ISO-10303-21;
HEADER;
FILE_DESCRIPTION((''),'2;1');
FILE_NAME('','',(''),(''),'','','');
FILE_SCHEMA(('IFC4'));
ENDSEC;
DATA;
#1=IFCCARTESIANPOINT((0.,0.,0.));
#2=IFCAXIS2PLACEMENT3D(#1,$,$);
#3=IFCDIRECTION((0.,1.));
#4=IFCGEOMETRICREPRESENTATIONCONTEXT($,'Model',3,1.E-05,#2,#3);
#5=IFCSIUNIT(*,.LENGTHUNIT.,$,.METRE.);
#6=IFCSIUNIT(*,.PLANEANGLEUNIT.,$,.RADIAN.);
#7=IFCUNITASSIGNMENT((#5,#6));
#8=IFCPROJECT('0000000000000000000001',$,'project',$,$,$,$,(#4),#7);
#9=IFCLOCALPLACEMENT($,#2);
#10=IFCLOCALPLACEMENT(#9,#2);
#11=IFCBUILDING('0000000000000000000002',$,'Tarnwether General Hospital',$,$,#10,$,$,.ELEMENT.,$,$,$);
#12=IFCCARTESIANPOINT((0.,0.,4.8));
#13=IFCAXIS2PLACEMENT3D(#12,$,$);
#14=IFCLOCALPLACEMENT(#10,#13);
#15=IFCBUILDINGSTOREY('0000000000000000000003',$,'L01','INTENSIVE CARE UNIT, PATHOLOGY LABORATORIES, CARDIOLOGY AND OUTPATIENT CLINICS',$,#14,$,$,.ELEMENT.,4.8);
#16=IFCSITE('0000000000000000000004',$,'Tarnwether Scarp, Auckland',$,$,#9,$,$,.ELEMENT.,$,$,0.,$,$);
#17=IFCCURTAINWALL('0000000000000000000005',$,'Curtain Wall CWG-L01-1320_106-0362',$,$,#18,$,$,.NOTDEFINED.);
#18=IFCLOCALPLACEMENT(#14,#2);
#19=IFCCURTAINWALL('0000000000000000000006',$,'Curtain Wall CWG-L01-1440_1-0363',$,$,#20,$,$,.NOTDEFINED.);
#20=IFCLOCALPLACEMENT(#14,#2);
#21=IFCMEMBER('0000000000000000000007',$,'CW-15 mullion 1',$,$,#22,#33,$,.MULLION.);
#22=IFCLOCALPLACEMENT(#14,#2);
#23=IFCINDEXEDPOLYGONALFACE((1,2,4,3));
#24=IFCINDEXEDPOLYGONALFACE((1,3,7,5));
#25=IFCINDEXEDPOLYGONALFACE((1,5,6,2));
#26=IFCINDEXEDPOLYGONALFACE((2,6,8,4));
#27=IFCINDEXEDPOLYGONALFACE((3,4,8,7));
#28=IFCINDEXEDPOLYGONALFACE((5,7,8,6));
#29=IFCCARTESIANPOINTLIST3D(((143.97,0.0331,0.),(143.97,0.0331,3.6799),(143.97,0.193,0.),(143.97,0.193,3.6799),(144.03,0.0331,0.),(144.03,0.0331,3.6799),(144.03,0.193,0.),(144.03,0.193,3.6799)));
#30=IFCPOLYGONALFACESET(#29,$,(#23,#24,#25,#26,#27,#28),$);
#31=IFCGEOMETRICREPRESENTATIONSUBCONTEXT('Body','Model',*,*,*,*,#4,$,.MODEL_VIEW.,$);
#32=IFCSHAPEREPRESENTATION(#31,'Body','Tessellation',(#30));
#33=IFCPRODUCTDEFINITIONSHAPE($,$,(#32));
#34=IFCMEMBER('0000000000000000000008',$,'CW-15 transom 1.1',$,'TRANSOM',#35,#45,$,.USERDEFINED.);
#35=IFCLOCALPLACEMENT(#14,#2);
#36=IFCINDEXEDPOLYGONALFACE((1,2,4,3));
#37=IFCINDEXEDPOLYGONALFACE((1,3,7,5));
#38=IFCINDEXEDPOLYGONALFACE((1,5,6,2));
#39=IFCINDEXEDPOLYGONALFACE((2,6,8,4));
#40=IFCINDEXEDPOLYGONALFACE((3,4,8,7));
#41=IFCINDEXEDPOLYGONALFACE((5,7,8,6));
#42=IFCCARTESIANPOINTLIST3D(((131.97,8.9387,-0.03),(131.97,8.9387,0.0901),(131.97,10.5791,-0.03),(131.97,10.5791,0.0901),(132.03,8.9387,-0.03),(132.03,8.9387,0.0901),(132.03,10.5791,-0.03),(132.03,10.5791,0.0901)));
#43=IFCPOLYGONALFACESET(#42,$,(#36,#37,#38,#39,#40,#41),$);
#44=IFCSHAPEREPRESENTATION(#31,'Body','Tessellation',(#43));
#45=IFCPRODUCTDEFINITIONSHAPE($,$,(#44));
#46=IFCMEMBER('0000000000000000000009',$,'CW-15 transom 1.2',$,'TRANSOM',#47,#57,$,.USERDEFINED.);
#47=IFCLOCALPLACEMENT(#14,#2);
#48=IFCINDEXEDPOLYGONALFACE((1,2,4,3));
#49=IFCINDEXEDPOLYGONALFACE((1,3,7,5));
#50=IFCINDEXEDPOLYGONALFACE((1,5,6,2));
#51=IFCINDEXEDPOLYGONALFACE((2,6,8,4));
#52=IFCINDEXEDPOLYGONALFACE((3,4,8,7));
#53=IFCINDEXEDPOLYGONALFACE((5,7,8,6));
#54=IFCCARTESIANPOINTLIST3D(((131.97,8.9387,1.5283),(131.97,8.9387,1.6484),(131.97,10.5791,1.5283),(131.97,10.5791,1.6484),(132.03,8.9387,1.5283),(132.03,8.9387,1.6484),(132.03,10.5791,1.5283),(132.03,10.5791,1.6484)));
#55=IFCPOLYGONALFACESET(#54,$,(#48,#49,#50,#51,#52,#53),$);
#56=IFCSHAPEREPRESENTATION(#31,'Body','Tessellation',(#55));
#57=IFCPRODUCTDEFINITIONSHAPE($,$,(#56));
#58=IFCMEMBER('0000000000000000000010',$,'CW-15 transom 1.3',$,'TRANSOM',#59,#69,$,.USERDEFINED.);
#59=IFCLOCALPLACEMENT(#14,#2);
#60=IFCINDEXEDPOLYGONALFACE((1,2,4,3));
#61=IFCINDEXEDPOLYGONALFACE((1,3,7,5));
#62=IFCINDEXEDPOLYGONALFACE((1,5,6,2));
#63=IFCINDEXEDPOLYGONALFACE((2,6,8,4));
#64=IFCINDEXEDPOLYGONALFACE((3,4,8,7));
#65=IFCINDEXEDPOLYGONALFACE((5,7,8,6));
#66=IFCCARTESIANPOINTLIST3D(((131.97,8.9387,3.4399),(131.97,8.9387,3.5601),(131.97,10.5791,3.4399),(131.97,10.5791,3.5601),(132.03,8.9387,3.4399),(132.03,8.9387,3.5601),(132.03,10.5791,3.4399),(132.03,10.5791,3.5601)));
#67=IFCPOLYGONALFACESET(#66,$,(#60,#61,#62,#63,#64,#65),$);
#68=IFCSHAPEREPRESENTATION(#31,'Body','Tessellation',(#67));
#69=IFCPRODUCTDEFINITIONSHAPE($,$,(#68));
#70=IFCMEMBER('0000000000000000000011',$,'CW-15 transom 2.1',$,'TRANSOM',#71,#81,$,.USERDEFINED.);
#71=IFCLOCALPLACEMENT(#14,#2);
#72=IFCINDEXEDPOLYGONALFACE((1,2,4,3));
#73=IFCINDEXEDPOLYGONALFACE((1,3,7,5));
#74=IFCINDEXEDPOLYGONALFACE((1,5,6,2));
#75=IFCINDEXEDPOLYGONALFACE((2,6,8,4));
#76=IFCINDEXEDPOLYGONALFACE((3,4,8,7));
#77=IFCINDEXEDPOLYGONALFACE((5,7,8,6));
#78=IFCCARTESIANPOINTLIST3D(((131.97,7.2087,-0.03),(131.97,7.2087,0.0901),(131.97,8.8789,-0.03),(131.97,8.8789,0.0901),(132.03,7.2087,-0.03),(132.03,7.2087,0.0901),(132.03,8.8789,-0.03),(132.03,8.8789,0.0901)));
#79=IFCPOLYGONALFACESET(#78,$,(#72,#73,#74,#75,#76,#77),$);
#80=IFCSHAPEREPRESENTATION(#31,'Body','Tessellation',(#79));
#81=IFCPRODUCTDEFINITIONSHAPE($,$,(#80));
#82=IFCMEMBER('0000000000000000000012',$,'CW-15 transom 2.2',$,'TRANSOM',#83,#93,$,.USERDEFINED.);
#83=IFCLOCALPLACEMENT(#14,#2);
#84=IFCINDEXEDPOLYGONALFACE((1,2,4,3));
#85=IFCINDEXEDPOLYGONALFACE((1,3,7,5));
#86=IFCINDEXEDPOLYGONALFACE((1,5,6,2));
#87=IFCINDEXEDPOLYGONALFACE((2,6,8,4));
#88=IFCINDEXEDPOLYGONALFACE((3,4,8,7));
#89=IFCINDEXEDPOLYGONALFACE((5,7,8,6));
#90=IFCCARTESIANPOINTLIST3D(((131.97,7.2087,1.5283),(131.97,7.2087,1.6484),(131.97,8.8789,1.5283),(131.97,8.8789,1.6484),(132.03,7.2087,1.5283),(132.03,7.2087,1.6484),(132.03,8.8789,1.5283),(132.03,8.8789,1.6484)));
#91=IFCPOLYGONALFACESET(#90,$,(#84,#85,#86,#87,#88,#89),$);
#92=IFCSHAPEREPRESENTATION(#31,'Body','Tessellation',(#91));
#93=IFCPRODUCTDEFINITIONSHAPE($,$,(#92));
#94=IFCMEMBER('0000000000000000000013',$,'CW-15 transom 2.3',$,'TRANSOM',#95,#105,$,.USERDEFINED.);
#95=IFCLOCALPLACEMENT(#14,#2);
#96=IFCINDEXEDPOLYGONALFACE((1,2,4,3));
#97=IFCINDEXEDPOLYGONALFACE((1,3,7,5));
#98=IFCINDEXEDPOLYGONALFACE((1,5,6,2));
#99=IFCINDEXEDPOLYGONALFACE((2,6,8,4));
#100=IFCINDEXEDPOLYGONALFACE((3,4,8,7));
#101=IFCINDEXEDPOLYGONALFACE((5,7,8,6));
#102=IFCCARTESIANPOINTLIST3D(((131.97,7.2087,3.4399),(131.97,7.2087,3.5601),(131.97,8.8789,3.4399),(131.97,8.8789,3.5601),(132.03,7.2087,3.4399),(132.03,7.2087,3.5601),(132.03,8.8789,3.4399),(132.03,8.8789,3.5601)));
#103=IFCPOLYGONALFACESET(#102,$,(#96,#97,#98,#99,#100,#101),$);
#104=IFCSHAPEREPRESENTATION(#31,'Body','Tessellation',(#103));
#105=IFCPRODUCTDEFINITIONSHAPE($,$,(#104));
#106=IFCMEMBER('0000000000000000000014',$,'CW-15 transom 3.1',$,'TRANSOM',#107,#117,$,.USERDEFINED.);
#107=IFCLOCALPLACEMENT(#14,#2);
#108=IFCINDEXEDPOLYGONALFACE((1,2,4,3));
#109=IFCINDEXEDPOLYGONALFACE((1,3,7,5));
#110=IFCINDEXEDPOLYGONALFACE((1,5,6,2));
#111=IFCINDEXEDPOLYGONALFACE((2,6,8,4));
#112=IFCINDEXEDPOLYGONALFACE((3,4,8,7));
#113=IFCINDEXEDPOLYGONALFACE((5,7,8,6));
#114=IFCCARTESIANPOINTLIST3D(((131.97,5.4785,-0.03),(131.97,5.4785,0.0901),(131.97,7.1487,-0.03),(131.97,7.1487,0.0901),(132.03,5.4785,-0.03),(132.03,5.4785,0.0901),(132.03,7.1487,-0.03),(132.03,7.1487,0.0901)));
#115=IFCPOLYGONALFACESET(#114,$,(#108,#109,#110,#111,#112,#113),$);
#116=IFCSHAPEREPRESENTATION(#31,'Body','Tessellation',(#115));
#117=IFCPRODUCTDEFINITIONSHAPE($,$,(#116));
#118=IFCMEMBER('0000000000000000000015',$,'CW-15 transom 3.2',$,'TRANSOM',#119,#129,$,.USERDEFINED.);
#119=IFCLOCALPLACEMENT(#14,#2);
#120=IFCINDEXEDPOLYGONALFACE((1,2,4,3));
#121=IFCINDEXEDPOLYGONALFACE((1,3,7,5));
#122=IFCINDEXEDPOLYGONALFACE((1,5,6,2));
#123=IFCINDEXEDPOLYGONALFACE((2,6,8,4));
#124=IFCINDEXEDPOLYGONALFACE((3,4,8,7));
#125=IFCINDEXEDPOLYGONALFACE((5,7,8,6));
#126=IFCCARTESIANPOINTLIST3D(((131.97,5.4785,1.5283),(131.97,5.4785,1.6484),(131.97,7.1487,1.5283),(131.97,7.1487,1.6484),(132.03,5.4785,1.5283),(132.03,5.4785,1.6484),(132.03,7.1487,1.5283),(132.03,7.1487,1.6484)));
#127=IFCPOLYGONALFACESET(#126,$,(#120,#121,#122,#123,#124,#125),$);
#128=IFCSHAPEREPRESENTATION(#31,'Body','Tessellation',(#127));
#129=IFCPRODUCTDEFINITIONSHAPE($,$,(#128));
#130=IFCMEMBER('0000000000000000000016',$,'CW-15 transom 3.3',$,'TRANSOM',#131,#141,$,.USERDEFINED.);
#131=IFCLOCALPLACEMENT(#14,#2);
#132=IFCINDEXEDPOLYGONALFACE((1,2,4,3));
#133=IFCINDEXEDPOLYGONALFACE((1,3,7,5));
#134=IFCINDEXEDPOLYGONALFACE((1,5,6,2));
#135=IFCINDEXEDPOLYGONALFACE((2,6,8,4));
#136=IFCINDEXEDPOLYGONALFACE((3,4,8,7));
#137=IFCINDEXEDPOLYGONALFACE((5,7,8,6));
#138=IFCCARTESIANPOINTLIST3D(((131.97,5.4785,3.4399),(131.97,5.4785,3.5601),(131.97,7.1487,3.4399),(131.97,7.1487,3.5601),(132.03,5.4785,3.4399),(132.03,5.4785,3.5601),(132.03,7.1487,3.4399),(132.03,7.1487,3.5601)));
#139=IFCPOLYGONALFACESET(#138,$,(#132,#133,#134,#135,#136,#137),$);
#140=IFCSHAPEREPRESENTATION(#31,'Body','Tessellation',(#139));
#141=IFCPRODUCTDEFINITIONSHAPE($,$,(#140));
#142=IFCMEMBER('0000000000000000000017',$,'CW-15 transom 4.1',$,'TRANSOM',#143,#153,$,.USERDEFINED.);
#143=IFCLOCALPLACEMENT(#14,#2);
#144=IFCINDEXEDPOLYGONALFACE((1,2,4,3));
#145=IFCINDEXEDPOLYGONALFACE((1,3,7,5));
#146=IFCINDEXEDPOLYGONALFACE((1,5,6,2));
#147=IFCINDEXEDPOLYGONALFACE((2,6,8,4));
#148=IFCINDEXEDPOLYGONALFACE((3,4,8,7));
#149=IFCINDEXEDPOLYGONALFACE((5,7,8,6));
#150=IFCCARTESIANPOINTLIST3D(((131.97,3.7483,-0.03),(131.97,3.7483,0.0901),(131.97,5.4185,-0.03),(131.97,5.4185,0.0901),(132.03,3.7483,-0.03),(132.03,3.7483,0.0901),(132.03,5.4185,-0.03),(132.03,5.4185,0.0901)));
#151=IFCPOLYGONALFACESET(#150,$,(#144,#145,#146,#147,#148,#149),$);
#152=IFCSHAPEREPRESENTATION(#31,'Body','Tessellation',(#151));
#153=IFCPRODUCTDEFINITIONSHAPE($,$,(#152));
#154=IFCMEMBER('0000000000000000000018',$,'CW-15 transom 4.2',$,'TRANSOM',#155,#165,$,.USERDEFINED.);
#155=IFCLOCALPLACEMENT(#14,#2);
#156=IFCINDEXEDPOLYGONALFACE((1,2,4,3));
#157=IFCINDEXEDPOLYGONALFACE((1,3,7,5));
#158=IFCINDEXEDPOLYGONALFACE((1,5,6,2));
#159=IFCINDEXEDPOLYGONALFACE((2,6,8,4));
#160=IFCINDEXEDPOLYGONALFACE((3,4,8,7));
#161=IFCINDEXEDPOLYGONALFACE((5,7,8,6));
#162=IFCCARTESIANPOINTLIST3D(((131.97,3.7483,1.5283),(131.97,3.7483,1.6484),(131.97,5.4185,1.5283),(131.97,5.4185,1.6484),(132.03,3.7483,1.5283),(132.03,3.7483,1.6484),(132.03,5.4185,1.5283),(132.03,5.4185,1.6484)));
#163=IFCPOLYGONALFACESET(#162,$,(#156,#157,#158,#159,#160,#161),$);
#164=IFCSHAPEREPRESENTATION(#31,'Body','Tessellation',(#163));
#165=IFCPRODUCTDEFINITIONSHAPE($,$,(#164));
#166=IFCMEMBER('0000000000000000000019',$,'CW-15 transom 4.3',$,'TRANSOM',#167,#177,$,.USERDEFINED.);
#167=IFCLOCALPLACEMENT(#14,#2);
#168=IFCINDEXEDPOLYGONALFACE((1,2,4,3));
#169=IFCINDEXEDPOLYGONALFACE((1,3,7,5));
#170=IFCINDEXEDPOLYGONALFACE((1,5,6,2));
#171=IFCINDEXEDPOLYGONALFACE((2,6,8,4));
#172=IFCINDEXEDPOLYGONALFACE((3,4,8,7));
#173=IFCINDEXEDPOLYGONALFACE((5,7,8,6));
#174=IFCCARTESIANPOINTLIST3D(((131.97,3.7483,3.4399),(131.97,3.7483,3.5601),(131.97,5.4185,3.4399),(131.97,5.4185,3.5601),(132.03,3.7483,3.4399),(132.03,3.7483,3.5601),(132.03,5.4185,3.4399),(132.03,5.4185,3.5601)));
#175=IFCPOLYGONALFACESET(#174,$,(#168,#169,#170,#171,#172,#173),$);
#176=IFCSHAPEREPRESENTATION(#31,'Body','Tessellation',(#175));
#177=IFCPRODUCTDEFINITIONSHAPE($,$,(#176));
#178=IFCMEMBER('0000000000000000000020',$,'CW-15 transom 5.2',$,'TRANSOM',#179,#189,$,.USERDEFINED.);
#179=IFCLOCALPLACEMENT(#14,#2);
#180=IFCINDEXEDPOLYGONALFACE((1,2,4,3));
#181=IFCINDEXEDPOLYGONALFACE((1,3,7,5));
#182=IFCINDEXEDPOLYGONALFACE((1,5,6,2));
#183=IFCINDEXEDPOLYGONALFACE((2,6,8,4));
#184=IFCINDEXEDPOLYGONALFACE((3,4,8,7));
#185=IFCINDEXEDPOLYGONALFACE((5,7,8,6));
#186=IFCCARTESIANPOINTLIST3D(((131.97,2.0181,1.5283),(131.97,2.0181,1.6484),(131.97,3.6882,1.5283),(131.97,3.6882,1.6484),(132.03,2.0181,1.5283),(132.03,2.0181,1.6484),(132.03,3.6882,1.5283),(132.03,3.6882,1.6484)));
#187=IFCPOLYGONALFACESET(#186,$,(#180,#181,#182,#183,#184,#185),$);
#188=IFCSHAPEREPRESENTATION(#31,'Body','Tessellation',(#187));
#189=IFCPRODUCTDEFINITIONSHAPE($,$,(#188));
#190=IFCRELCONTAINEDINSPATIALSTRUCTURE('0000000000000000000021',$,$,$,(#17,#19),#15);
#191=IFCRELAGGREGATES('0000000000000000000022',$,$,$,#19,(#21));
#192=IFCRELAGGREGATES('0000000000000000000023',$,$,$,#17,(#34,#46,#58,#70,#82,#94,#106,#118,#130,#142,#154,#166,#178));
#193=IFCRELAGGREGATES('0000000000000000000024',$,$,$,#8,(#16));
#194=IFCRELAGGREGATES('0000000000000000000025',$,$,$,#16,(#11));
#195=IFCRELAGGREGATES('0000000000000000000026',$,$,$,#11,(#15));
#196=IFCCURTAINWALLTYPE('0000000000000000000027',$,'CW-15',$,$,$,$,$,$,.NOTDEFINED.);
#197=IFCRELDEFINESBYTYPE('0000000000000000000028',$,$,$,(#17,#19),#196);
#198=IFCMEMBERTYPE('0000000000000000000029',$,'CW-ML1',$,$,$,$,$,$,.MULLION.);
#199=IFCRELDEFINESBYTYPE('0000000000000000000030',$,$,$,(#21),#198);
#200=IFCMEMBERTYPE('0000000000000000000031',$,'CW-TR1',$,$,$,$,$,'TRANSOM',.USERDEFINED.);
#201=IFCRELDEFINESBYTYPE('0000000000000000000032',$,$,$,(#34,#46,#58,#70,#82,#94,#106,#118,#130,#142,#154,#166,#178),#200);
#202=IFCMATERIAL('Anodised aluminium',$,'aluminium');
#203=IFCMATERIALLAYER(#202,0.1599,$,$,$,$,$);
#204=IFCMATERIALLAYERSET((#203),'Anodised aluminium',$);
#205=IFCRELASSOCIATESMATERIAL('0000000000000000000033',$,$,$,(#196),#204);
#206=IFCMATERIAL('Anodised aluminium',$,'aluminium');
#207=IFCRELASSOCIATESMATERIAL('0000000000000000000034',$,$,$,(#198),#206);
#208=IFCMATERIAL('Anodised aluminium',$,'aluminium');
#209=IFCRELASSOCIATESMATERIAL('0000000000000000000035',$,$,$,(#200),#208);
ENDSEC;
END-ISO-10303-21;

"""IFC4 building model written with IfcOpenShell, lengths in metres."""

from ifc_helpers import new_model, si_unit, direction, frame, origin, origin_2d, place, context, subcontext, project, spatial, rectangle, extrude, material, layer, layer_set, material_profile, profile_set, type_object, element, aggregate, save


model = new_model("IFC4")

# Units and contexts
model_context = context("Model", 3, precision=1e-05, world=origin(), true_north=direction((0.0, 1.0)))
body_context = subcontext(model_context, "Body", "Model", "MODEL_VIEW")
ifc_project = project(units=[si_unit("LENGTHUNIT", "METRE"), si_unit("PLANEANGLEUNIT", "RADIAN")], contexts=[model_context])

# Site, building, storey
site_placement = place(None, origin())
site = spatial("IfcSite", under=ifc_project, at=site_placement, Name="Tarnwether Scarp, Auckland", CompositionType="ELEMENT", RefElevation=0.0)
building_placement = place(site_placement, origin())
building = spatial("IfcBuilding", under=site, at=building_placement, Name="Tarnwether General Hospital", CompositionType="ELEMENT")
storey_placement = place(building_placement, frame((0.0, 0.0, 4.8)))
storey = spatial("IfcBuildingStorey", under=building, at=storey_placement, Name="L01", Description="INTENSIVE CARE UNIT, PATHOLOGY LABORATORIES, CARDIOLOGY AND OUTPATIENT CLINICS", CompositionType="ELEMENT", Elevation=4.8)

# Curtain wall
ifc_material_1 = material(Name="Anodised aluminium", Category="aluminium")
ifc_layer_1 = layer(ifc_material_1, 0.1599)
ifc_layer_set_1 = layer_set([ifc_layer_1], Name="Anodised aluminium")
curtain_wall_type = type_object("IfcCurtainWallType", Name="CW-15", PredefinedType="NOTDEFINED", material=ifc_layer_set_1)
curtain_wall_1_placement = place(storey_placement, origin())
curtain_wall_1 = element("IfcCurtainWall", 1, at=curtain_wall_1_placement, inside=storey, type_object=curtain_wall_type, Name="Curtain Wall CWG-L01-1320_106-0362", PredefinedType="NOTDEFINED")
ifc_material_2 = material(Name="Anodised aluminium", Category="aluminium")
ifc_material_profile_1 = material_profile(ifc_material_2, rectangle(XDim=0.0601, YDim=0.1599, at=origin_2d()), Name="ALU-MUL-60x160")
ifc_profile_set_1 = profile_set([ifc_material_profile_1], Name="Anodised aluminium")
member_type_1 = type_object("IfcMemberType", Name="CW-ML1", PredefinedType="MULLION", material=ifc_profile_set_1)

# Curtain wall, member
curtain_wall_2_placement = place(storey_placement, origin())
curtain_wall_2 = element("IfcCurtainWall", 2, at=curtain_wall_2_placement, inside=storey, type_object=curtain_wall_type, Name="Curtain Wall CWG-L01-1440_1-0363", PredefinedType="NOTDEFINED")
member_1_placement = place(storey_placement, frame((144.0, 0.113, 0.0), z_axis=(0.0, 0.0, 1.0), x_axis=(-1.0, 0.0, 0.0)))
member_1 = element("IfcMember", 3, at=member_1_placement, type_object=member_type_1, Name="CW-15 mullion 1", PredefinedType="MULLION", context=body_context, shape_type="SweptSolid", body=[
    extrude(rectangle(XDim=0.0601, YDim=0.1599, at=origin_2d()), origin(), (0.0, 0.0, 1.0), 3.6799),
])

# Members
ifc_material_3 = material(Name="Anodised aluminium", Category="aluminium")
ifc_material_profile_2 = material_profile(ifc_material_3, rectangle(XDim=0.0601, YDim=0.1201, at=origin_2d()), Name="ALU-TRN-60x120")
ifc_profile_set_2 = profile_set([ifc_material_profile_2], Name="Anodised aluminium")
member_type_2 = type_object("IfcMemberType", Name="CW-TR1", ElementType="TRANSOM", PredefinedType="USERDEFINED", material=ifc_profile_set_2)
member_2_placement = place(storey_placement, frame((132.0, 10.5791, 0.03), z_axis=(0.0, -1.0, 0.0), x_axis=(1.0, 0.0, 0.0)))
member_2 = element("IfcMember", 4, at=member_2_placement, type_object=member_type_2, Name="CW-15 transom 1.1", ObjectType="TRANSOM", PredefinedType="USERDEFINED", context=body_context, shape_type="SweptSolid", body=[
    extrude(rectangle(XDim=0.0601, YDim=0.1201, at=origin_2d()), origin(), (0.0, 0.0, 1.0), 1.6404),
])
member_3_placement = place(storey_placement, frame((132.0, 10.5791, 1.5884), z_axis=(0.0, -1.0, 0.0), x_axis=(1.0, 0.0, 0.0)))
member_3 = element("IfcMember", 5, at=member_3_placement, type_object=member_type_2, Name="CW-15 transom 1.2", ObjectType="TRANSOM", PredefinedType="USERDEFINED", context=body_context, shape_type="SweptSolid", body=[
    extrude(rectangle(XDim=0.0601, YDim=0.1201, at=origin_2d()), origin(), (0.0, 0.0, 1.0), 1.6404),
])
member_4_placement = place(storey_placement, frame((132.0, 10.5791, 3.5), z_axis=(0.0, -1.0, 0.0), x_axis=(1.0, 0.0, 0.0)))
member_4 = element("IfcMember", 6, at=member_4_placement, type_object=member_type_2, Name="CW-15 transom 1.3", ObjectType="TRANSOM", PredefinedType="USERDEFINED", context=body_context, shape_type="SweptSolid", body=[
    extrude(rectangle(XDim=0.0601, YDim=0.1201, at=origin_2d()), origin(), (0.0, 0.0, 1.0), 1.6404),
])
member_5_placement = place(storey_placement, frame((132.0, 8.8789, 0.03), z_axis=(0.0, -1.0, 0.0), x_axis=(1.0, 0.0, 0.0)))
member_5 = element("IfcMember", 7, at=member_5_placement, type_object=member_type_2, Name="CW-15 transom 2.1", ObjectType="TRANSOM", PredefinedType="USERDEFINED", context=body_context, shape_type="SweptSolid", body=[
    extrude(rectangle(XDim=0.0601, YDim=0.1201, at=origin_2d()), origin(), (0.0, 0.0, 1.0), 1.6702),
])
member_6_placement = place(storey_placement, frame((132.0, 8.8789, 1.5884), z_axis=(0.0, -1.0, 0.0), x_axis=(1.0, 0.0, 0.0)))
member_6 = element("IfcMember", 8, at=member_6_placement, type_object=member_type_2, Name="CW-15 transom 2.2", ObjectType="TRANSOM", PredefinedType="USERDEFINED", context=body_context, shape_type="SweptSolid", body=[
    extrude(rectangle(XDim=0.0601, YDim=0.1201, at=origin_2d()), origin(), (0.0, 0.0, 1.0), 1.6702),
])
member_7_placement = place(storey_placement, frame((132.0, 8.8789, 3.5), z_axis=(0.0, -1.0, 0.0), x_axis=(1.0, 0.0, 0.0)))
member_7 = element("IfcMember", 9, at=member_7_placement, type_object=member_type_2, Name="CW-15 transom 2.3", ObjectType="TRANSOM", PredefinedType="USERDEFINED", context=body_context, shape_type="SweptSolid", body=[
    extrude(rectangle(XDim=0.0601, YDim=0.1201, at=origin_2d()), origin(), (0.0, 0.0, 1.0), 1.6702),
])
member_8_placement = place(storey_placement, frame((132.0, 7.1487, 0.03), z_axis=(0.0, -1.0, 0.0), x_axis=(1.0, 0.0, 0.0)))
member_8 = element("IfcMember", 10, at=member_8_placement, type_object=member_type_2, Name="CW-15 transom 3.1", ObjectType="TRANSOM", PredefinedType="USERDEFINED", context=body_context, shape_type="SweptSolid", body=[
    extrude(rectangle(XDim=0.0601, YDim=0.1201, at=origin_2d()), origin(), (0.0, 0.0, 1.0), 1.6702),
])
member_9_placement = place(storey_placement, frame((132.0, 7.1487, 1.5884), z_axis=(0.0, -1.0, 0.0), x_axis=(1.0, 0.0, 0.0)))
member_9 = element("IfcMember", 11, at=member_9_placement, type_object=member_type_2, Name="CW-15 transom 3.2", ObjectType="TRANSOM", PredefinedType="USERDEFINED", context=body_context, shape_type="SweptSolid", body=[
    extrude(rectangle(XDim=0.0601, YDim=0.1201, at=origin_2d()), origin(), (0.0, 0.0, 1.0), 1.6702),
])
member_10_placement = place(storey_placement, frame((132.0, 7.1487, 3.5), z_axis=(0.0, -1.0, 0.0), x_axis=(1.0, 0.0, 0.0)))
member_10 = element("IfcMember", 12, at=member_10_placement, type_object=member_type_2, Name="CW-15 transom 3.3", ObjectType="TRANSOM", PredefinedType="USERDEFINED", context=body_context, shape_type="SweptSolid", body=[
    extrude(rectangle(XDim=0.0601, YDim=0.1201, at=origin_2d()), origin(), (0.0, 0.0, 1.0), 1.6702),
])
member_11_placement = place(storey_placement, frame((132.0, 5.4185, 0.03), z_axis=(0.0, -1.0, 0.0), x_axis=(1.0, 0.0, 0.0)))
member_11 = element("IfcMember", 13, at=member_11_placement, type_object=member_type_2, Name="CW-15 transom 4.1", ObjectType="TRANSOM", PredefinedType="USERDEFINED", context=body_context, shape_type="SweptSolid", body=[
    extrude(rectangle(XDim=0.0601, YDim=0.1201, at=origin_2d()), origin(), (0.0, 0.0, 1.0), 1.6702),
])
member_12_placement = place(storey_placement, frame((132.0, 5.4185, 1.5884), z_axis=(0.0, -1.0, 0.0), x_axis=(1.0, 0.0, 0.0)))
member_12 = element("IfcMember", 14, at=member_12_placement, type_object=member_type_2, Name="CW-15 transom 4.2", ObjectType="TRANSOM", PredefinedType="USERDEFINED", context=body_context, shape_type="SweptSolid", body=[
    extrude(rectangle(XDim=0.0601, YDim=0.1201, at=origin_2d()), origin(), (0.0, 0.0, 1.0), 1.6702),
])
member_13_placement = place(storey_placement, frame((132.0, 5.4185, 3.5), z_axis=(0.0, -1.0, 0.0), x_axis=(1.0, 0.0, 0.0)))
member_13 = element("IfcMember", 15, at=member_13_placement, type_object=member_type_2, Name="CW-15 transom 4.3", ObjectType="TRANSOM", PredefinedType="USERDEFINED", context=body_context, shape_type="SweptSolid", body=[
    extrude(rectangle(XDim=0.0601, YDim=0.1201, at=origin_2d()), origin(), (0.0, 0.0, 1.0), 1.6702),
])
member_14_placement = place(storey_placement, frame((132.0, 3.6882, 1.5884), z_axis=(0.0, -1.0, 0.0), x_axis=(1.0, 0.0, 0.0)))
member_14 = element("IfcMember", 16, at=member_14_placement, type_object=member_type_2, Name="CW-15 transom 5.2", ObjectType="TRANSOM", PredefinedType="USERDEFINED", context=body_context, shape_type="SweptSolid", body=[
    extrude(rectangle(XDim=0.0601, YDim=0.1201, at=origin_2d()), origin(), (0.0, 0.0, 1.0), 1.6702),
])
aggregate(curtain_wall_2, [member_1])

aggregate(curtain_wall_1, [member_2, member_3, member_4, member_5, member_6, member_7, member_8, member_9, member_10, member_11, member_12, member_13, member_14])

save(model, "model.ifc")
